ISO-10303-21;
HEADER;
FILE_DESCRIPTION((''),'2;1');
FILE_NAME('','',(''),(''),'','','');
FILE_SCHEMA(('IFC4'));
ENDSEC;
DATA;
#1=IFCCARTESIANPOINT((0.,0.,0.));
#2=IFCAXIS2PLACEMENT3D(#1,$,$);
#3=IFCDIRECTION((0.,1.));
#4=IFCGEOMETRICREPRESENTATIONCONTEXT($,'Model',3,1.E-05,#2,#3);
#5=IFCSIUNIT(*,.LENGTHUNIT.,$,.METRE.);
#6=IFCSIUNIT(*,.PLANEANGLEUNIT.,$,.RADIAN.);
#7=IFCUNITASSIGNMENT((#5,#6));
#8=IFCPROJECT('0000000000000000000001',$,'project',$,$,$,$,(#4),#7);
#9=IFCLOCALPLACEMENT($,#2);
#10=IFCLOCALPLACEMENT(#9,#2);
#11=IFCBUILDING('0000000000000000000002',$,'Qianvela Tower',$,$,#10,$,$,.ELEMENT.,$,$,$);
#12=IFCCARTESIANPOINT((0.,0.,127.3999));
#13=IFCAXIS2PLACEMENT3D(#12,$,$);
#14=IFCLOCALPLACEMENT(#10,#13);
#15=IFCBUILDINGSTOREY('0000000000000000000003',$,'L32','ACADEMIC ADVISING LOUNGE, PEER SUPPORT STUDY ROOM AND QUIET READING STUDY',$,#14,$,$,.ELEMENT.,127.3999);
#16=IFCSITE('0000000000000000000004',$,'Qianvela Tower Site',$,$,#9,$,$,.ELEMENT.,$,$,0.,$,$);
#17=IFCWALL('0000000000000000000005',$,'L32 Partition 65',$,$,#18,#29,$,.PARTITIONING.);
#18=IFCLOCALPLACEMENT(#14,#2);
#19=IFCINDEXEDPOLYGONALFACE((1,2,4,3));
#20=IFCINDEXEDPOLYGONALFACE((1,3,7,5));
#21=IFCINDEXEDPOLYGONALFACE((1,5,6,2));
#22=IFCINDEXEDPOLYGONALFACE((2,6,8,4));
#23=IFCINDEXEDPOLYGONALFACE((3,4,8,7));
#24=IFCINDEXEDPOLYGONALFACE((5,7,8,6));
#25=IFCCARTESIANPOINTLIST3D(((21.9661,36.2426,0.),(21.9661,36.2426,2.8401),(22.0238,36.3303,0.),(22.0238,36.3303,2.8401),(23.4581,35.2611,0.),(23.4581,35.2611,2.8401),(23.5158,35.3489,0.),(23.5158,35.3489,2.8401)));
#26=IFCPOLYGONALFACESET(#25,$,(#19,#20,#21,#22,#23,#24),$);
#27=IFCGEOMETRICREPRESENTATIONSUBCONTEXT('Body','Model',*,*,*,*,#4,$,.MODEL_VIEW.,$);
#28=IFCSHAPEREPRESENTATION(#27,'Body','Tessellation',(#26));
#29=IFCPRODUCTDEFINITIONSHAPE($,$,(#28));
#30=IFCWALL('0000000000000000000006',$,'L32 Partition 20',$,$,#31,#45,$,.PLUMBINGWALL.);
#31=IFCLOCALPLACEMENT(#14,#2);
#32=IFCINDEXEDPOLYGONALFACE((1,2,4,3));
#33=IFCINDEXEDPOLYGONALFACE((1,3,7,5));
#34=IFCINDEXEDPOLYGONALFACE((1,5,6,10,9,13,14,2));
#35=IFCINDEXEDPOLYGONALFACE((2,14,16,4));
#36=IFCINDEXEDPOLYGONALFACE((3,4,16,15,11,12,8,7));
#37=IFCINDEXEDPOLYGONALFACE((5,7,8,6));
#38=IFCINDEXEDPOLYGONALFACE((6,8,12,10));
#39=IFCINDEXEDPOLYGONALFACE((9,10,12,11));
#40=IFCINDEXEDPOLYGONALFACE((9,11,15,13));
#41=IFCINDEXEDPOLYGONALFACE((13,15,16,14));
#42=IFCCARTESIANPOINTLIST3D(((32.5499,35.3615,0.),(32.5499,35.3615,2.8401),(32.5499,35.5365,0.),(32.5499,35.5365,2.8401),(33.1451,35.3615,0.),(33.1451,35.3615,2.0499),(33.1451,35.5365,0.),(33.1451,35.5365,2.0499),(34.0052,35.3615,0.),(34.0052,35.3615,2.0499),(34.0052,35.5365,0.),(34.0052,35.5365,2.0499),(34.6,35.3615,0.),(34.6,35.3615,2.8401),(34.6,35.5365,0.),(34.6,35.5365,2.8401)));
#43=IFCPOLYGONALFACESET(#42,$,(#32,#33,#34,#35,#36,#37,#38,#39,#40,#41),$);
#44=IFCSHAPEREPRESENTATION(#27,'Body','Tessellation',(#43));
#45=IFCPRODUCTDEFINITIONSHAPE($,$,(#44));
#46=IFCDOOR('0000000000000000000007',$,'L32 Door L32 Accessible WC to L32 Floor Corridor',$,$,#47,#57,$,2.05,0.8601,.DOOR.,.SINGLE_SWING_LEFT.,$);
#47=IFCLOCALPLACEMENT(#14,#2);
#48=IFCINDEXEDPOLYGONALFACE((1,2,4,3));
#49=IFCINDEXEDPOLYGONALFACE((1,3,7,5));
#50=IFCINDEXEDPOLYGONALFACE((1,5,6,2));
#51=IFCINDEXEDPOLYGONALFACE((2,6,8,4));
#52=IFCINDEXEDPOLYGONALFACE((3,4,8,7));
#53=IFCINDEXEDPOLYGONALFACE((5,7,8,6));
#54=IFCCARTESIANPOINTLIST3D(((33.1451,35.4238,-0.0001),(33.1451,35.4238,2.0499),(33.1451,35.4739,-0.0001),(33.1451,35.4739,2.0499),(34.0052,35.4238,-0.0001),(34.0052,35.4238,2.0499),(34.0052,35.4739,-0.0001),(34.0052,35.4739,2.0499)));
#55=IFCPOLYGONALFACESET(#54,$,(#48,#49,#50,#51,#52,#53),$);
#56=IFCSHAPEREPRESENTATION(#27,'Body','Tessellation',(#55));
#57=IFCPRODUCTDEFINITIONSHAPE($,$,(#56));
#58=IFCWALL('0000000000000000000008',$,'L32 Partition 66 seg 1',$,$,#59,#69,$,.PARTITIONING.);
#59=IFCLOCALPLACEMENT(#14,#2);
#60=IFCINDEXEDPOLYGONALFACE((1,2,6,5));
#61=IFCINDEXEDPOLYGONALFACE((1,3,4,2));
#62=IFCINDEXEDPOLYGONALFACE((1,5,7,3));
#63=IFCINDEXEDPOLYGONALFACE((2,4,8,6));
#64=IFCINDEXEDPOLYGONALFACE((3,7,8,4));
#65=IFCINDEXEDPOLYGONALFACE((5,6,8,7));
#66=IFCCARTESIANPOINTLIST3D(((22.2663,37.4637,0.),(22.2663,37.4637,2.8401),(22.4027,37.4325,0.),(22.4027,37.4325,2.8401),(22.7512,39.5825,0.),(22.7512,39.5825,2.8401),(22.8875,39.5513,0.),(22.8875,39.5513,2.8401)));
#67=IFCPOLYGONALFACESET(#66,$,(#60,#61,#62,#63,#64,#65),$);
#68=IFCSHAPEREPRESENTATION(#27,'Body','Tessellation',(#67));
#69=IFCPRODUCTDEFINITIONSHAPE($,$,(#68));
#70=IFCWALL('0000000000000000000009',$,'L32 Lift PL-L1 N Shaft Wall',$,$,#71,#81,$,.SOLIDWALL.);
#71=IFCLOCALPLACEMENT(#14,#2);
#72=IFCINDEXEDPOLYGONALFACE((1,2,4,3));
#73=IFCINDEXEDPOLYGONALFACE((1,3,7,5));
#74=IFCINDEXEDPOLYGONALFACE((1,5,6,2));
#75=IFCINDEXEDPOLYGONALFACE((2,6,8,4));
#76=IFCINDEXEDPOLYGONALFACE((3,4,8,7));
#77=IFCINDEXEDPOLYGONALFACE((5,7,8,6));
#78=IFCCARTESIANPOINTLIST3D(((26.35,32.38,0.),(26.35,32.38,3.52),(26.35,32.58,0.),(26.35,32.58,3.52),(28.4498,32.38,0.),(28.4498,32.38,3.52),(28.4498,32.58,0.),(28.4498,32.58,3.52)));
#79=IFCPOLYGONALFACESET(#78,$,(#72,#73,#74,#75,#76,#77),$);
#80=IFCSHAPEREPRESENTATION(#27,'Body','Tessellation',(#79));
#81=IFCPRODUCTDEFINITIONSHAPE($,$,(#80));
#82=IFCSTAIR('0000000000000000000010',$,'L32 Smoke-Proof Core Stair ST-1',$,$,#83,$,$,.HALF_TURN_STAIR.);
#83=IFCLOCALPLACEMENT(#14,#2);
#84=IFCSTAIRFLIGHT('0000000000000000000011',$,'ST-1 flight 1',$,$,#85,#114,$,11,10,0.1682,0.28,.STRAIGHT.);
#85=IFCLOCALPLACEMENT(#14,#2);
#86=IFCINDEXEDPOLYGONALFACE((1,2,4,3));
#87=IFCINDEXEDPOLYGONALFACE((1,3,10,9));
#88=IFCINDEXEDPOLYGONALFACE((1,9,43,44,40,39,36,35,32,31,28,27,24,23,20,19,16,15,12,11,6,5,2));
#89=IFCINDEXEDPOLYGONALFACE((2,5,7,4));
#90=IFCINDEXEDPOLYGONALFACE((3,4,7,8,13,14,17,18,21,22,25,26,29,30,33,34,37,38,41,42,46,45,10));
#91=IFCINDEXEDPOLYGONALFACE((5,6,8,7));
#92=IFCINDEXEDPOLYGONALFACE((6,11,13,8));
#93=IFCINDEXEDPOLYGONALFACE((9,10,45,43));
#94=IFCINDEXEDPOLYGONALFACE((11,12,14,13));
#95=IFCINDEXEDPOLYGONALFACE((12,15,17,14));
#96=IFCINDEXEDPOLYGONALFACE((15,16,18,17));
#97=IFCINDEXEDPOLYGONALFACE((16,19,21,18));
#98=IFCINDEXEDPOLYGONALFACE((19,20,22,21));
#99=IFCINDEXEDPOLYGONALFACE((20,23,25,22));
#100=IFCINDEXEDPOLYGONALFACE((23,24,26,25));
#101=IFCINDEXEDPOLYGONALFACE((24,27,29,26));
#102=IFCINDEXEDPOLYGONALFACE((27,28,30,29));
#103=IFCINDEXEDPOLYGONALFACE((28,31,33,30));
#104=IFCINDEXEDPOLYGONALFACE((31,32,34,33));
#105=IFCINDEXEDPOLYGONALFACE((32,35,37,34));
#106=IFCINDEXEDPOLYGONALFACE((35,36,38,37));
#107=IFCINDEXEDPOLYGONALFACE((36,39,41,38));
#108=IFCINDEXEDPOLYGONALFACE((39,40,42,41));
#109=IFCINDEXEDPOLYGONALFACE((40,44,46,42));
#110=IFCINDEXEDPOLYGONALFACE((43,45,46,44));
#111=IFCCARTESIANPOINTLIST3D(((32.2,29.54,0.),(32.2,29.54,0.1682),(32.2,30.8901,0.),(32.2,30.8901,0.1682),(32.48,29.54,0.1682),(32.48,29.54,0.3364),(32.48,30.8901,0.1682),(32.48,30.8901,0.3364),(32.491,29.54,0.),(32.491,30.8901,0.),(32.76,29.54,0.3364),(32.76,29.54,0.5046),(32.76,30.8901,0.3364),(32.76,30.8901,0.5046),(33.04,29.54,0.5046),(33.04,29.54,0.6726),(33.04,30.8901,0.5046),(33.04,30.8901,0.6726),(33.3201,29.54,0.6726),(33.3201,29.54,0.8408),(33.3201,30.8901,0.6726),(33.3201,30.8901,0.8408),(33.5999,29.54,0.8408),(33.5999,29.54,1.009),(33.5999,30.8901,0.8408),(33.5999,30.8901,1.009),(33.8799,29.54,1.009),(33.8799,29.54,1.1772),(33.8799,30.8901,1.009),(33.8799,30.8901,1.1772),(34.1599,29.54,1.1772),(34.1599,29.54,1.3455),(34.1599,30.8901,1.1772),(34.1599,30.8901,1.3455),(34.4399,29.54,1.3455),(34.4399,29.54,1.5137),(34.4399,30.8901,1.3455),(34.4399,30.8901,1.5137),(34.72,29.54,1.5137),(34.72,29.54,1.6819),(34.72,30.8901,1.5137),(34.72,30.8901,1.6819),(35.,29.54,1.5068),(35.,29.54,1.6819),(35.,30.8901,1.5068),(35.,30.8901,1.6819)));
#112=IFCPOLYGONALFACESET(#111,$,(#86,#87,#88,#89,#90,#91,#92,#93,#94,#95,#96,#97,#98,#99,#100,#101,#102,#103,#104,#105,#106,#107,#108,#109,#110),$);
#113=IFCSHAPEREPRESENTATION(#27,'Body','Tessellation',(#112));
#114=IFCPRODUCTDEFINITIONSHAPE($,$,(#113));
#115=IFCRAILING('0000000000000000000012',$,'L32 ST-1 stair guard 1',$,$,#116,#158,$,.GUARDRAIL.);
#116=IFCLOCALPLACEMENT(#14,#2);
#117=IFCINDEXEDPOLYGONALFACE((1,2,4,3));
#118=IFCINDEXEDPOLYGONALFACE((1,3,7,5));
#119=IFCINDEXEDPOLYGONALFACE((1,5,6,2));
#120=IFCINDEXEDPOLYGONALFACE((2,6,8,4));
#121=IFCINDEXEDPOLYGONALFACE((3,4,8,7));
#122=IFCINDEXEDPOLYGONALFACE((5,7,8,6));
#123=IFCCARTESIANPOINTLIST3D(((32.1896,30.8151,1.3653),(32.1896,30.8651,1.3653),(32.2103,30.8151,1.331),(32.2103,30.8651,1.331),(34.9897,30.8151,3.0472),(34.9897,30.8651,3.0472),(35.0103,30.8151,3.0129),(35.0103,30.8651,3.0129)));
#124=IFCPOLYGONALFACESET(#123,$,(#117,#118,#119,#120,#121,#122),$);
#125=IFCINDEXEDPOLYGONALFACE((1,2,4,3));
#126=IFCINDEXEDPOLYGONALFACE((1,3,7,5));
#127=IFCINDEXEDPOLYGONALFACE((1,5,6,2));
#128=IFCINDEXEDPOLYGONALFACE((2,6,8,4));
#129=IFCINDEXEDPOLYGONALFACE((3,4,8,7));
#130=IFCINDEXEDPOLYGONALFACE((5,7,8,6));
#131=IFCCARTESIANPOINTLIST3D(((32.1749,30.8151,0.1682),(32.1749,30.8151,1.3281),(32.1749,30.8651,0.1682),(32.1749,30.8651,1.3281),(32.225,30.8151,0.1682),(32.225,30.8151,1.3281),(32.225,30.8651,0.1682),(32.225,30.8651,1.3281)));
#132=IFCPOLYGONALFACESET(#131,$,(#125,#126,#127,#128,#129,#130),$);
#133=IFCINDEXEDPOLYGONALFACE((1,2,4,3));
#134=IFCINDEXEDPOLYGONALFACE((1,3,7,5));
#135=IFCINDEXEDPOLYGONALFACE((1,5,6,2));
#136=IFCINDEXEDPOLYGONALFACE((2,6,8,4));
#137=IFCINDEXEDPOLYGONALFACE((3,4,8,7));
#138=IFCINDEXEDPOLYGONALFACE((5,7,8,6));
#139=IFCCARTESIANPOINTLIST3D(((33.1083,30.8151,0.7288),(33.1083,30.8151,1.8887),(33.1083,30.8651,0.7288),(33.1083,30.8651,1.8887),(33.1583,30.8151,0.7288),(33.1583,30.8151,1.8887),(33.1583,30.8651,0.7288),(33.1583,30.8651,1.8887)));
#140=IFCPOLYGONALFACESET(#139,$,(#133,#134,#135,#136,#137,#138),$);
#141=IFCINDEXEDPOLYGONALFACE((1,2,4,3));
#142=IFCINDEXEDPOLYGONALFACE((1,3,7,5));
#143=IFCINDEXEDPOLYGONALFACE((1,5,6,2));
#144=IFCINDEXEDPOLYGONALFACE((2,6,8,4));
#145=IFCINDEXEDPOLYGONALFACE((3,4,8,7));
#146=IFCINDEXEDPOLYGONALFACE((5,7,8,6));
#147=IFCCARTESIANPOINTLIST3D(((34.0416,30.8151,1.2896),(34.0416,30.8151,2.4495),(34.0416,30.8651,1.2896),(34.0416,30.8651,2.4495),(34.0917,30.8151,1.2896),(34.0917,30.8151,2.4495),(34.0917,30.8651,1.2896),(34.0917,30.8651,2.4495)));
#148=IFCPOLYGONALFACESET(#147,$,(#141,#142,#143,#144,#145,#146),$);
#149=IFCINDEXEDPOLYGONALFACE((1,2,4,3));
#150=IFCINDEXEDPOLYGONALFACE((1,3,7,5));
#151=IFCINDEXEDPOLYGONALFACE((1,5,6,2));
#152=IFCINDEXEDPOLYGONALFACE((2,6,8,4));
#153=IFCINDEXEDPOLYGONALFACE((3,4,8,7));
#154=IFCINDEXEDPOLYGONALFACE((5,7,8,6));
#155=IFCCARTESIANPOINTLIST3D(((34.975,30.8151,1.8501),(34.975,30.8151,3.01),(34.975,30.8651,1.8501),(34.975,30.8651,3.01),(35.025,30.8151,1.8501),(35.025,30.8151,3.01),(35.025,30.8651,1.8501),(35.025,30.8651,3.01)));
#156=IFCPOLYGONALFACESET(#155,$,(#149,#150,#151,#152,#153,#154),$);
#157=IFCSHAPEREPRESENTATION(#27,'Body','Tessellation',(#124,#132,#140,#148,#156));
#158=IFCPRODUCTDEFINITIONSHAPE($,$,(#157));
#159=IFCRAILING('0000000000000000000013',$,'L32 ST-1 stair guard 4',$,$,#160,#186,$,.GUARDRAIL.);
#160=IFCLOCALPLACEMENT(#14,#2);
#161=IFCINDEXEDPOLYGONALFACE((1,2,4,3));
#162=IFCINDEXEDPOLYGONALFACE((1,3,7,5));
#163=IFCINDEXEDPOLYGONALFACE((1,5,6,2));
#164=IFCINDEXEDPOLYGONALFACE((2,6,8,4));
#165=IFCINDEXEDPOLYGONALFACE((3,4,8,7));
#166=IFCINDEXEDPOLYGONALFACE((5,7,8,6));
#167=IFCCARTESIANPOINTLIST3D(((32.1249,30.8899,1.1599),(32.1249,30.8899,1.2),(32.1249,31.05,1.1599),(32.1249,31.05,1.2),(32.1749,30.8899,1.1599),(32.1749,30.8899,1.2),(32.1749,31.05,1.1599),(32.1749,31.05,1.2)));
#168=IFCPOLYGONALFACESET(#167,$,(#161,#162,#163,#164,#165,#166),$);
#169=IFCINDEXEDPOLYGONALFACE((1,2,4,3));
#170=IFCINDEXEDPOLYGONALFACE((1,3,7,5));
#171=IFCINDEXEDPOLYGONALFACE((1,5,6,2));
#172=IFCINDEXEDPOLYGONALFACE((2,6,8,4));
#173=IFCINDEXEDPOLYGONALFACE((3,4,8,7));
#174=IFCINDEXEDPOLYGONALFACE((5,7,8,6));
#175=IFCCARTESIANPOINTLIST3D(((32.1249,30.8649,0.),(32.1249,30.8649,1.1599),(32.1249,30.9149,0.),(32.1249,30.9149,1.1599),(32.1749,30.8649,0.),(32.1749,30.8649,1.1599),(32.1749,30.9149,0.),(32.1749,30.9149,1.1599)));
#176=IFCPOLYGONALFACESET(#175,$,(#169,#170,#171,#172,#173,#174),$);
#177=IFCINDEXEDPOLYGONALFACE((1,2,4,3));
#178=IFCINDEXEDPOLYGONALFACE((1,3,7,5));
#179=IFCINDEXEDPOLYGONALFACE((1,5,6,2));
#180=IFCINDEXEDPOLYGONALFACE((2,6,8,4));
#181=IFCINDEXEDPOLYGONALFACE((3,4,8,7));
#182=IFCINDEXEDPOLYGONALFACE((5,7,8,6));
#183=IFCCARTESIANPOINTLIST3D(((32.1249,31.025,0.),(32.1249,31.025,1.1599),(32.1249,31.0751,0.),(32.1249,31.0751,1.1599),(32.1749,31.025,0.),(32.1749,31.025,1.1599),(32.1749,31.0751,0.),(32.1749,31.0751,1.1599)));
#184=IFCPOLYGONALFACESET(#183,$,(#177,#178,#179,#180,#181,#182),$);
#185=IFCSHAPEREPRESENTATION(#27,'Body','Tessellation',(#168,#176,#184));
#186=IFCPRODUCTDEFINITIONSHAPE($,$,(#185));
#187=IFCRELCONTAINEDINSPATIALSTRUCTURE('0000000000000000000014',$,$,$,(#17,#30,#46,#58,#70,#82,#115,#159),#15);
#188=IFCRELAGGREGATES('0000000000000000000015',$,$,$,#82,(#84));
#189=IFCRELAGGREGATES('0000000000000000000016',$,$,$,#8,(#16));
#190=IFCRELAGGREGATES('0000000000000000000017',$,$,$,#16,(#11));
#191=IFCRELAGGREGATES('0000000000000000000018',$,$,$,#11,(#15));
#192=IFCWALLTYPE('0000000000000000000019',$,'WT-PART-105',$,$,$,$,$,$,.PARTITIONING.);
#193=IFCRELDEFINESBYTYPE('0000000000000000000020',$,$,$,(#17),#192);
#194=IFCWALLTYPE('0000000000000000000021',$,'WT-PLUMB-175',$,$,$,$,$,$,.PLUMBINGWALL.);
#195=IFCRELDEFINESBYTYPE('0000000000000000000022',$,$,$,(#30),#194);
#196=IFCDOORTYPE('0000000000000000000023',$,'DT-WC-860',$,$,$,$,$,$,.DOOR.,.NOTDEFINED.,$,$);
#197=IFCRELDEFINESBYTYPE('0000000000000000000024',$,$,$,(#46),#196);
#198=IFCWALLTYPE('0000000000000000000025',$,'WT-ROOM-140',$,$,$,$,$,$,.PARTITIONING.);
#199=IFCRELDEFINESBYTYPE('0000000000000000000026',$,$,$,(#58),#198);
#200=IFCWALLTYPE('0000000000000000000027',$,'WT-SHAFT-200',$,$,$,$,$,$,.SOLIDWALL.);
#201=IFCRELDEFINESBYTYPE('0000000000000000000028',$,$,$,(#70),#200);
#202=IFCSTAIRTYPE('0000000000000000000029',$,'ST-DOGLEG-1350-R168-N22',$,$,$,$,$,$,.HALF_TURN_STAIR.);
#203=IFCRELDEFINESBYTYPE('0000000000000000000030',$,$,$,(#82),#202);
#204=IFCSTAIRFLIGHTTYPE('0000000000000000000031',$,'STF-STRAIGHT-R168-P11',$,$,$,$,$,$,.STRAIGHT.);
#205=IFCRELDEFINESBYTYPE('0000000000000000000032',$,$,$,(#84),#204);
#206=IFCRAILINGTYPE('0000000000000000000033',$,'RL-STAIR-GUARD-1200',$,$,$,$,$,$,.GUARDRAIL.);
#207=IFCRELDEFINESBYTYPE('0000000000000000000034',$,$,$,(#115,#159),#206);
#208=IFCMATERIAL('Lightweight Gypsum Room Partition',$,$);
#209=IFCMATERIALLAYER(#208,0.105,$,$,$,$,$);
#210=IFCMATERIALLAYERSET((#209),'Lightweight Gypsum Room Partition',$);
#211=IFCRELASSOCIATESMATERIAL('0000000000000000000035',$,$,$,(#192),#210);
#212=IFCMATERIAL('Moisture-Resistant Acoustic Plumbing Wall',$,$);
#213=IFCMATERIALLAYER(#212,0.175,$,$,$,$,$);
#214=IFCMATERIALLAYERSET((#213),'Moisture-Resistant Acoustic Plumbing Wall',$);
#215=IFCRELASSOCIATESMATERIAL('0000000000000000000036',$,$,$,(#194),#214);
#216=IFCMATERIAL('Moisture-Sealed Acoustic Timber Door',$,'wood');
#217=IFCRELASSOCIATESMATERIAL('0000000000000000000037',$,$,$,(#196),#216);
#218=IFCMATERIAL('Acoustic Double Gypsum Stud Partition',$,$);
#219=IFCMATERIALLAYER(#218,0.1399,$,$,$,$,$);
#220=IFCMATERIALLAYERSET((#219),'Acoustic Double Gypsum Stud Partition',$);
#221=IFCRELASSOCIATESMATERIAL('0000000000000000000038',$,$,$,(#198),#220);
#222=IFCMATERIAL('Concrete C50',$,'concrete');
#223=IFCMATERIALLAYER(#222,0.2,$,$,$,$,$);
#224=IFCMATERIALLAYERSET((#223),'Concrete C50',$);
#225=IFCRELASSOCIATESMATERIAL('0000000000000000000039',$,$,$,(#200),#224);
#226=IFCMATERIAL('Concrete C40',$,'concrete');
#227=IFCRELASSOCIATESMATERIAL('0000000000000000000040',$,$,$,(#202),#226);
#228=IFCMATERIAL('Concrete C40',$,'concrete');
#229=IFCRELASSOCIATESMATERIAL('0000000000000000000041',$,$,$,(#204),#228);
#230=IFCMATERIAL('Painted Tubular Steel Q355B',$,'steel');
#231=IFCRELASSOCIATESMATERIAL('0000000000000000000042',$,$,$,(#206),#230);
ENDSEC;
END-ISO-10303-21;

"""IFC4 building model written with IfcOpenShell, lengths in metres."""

from ifc_helpers import new_model, si_unit, direction, frame, frame_2d, origin, origin_2d, place, context, subcontext, project, spatial, polyline, rectangle, outline, extrude, material, layer, layer_set, type_object, element, fill, aggregate, save


model = new_model("IFC4")

# Units and contexts
model_context = context("Model", 3, precision=1e-05, world=origin(), true_north=direction((0.0, 1.0)))
body_context = subcontext(model_context, "Body", "Model", "MODEL_VIEW")
ifc_project = project(units=[si_unit("LENGTHUNIT", "METRE"), si_unit("PLANEANGLEUNIT", "RADIAN")], contexts=[model_context])

# Site, building, storey
site_placement = place(None, origin())
site = spatial("IfcSite", under=ifc_project, at=site_placement, Name="Qianvela Tower Site", CompositionType="ELEMENT", RefElevation=0.0)
building_placement = place(site_placement, origin())
building = spatial("IfcBuilding", under=site, at=building_placement, Name="Qianvela Tower", CompositionType="ELEMENT")
storey_placement = place(building_placement, frame((0.0, 0.0, 127.3999)))
storey = spatial("IfcBuildingStorey", under=building, at=storey_placement, Name="L32", Description="ACADEMIC ADVISING LOUNGE, PEER SUPPORT STUDY ROOM AND QUIET READING STUDY", CompositionType="ELEMENT", Elevation=127.3999)

# Wall
ifc_material_1 = material(Name="Lightweight Gypsum Room Partition")
ifc_layer_1 = layer(ifc_material_1, 0.105)
ifc_layer_set_1 = layer_set([ifc_layer_1], Name="Lightweight Gypsum Room Partition")
wall_type_1 = type_object("IfcWallType", Name="WT-PART-105", PredefinedType="PARTITIONING", material=ifc_layer_set_1)
wall_1_placement = place(storey_placement, frame((23.4871, 35.3049, 0.0), z_axis=(0.0, 0.0, 1.0), x_axis=(-0.835442, 0.549579, 0.0)))
element("IfcWall", 1, at=wall_1_placement, inside=storey, type_object=wall_type_1, Name="L32 Partition 65", PredefinedType="PARTITIONING", context=body_context, shape_type="SweptSolid", body=[
    extrude(rectangle(XDim=1.7859, YDim=0.105, at=frame_2d((0.8931, 0.0))), origin(), (0.0, 0.0, 1.0), 2.8401),
])

# Wall, opening, door
ifc_material_2 = material(Name="Moisture-Resistant Acoustic Plumbing Wall")
ifc_layer_2 = layer(ifc_material_2, 0.175)
ifc_layer_set_2 = layer_set([ifc_layer_2], Name="Moisture-Resistant Acoustic Plumbing Wall")
wall_type_2 = type_object("IfcWallType", Name="WT-PLUMB-175", PredefinedType="PLUMBINGWALL", material=ifc_layer_set_2)
wall_2_placement = place(storey_placement, frame((32.55, 35.449, 0.0), z_axis=(0.0, 0.0, 1.0), x_axis=(1.0, 0.0, 0.0)))
wall_2 = element("IfcWall", 2, at=wall_2_placement, inside=storey, type_object=wall_type_2, Name="L32 Partition 20", PredefinedType="PLUMBINGWALL", context=body_context, shape_type="SweptSolid", body=[
    extrude(rectangle(XDim=2.05, YDim=0.175, at=frame_2d((1.0249, 0.0))), origin(), (0.0, 0.0, 1.0), 2.8401),
])
opening_1_placement = place(wall_2_placement, frame((0.595, 0.0, 0.0)))
opening_1 = element("IfcOpeningElement", 3, at=opening_1_placement, cuts=wall_2, PredefinedType="OPENING", context=body_context, shape_type="SweptSolid", body=[
    extrude(rectangle(XDim=0.8601, YDim=2.05, at=frame_2d((0.4302, 1.0249))), frame((0.0, 0.0974, 0.0), z_axis=(0.0, -1.0, 0.0), x_axis=(1.0, 0.0, 0.0)), (0.0, 0.0, 1.0), 0.1951),
])
ifc_material_3 = material(Name="Moisture-Sealed Acoustic Timber Door", Category="wood")
door_type_1 = type_object("IfcDoorType", Name="DT-WC-860", OperationType="NOTDEFINED", PredefinedType="DOOR", material=ifc_material_3)
door_1_placement = place(opening_1_placement, origin())
door_1 = element("IfcDoor", 4, at=door_1_placement, inside=storey, type_object=door_type_1, Name="L32 Door L32 Accessible WC to L32 Floor Corridor", OperationType="SINGLE_SWING_LEFT", OverallHeight=2.05, OverallWidth=0.8601, PredefinedType="DOOR", context=body_context, shape_type="SweptSolid", body=[
    extrude(rectangle(XDim=0.8601, YDim=2.05, at=frame_2d((0.4302, 1.0249))), frame((0.0, 0.0249, 0.0), z_axis=(0.0, -1.0, 0.0), x_axis=(1.0, 0.0, 0.0)), (0.0, 0.0, 1.0), 0.05),
])
fill(opening_1, door_1)

# Walls
ifc_material_4 = material(Name="Acoustic Double Gypsum Stud Partition")
ifc_layer_3 = layer(ifc_material_4, 0.1399)
ifc_layer_set_3 = layer_set([ifc_layer_3], Name="Acoustic Double Gypsum Stud Partition")
wall_type_3 = type_object("IfcWallType", Name="WT-ROOM-140", PredefinedType="PARTITIONING", material=ifc_layer_set_3)
wall_3_placement = place(storey_placement, frame((22.3345, 37.448, 0.0), z_axis=(0.0, 0.0, 1.0), x_axis=(0.223063, 0.974804, 0.0)))
element("IfcWall", 5, at=wall_3_placement, inside=storey, type_object=wall_type_3, Name="L32 Partition 66 seg 1", PredefinedType="PARTITIONING", context=body_context, shape_type="SweptSolid", body=[
    extrude(rectangle(XDim=2.1736, YDim=0.1399, at=frame_2d((1.0869, 0.0))), origin(), (0.0, 0.0, 1.0), 2.8401),
])
ifc_material_5 = material(Name="Concrete C50", Category="concrete")
ifc_layer_4 = layer(ifc_material_5, 0.2)
ifc_layer_set_4 = layer_set([ifc_layer_4], Name="Concrete C50")
wall_type_4 = type_object("IfcWallType", Name="WT-SHAFT-200", PredefinedType="SOLIDWALL", material=ifc_layer_set_4)
wall_4_placement = place(storey_placement, frame((26.3501, 32.48, 0.0), z_axis=(0.0, 0.0, 1.0), x_axis=(1.0, 0.0, 0.0)))
element("IfcWall", 6, at=wall_4_placement, inside=storey, type_object=wall_type_4, Name="L32 Lift PL-L1 N Shaft Wall", PredefinedType="SOLIDWALL", context=body_context, shape_type="SweptSolid", body=[
    extrude(rectangle(XDim=2.0999, YDim=0.2, at=frame_2d((1.0498, 0.0))), origin(), (0.0, 0.0, 1.0), 3.52),
])

# Stair, stair flight
ifc_material_6 = material(Name="Concrete C40", Category="concrete")
stair_type = type_object("IfcStairType", Name="ST-DOGLEG-1350-R168-N22", PredefinedType="HALF_TURN_STAIR", material=ifc_material_6)
stair_placement = place(storey_placement, origin())
stair = element("IfcStair", 7, at=stair_placement, inside=storey, type_object=stair_type, Name="L32 Smoke-Proof Core Stair ST-1", PredefinedType="HALF_TURN_STAIR")
ifc_material_7 = material(Name="Concrete C40", Category="concrete")
stair_flight_type = type_object("IfcStairFlightType", Name="STF-STRAIGHT-R168-P11", PredefinedType="STRAIGHT", material=ifc_material_7)
stair_flight_placement = place(storey_placement, frame((32.2, 30.2151, 0.0), z_axis=(0.0, 0.0, 1.0), x_axis=(1.0, 0.0, 0.0)))
stair_flight = element("IfcStairFlight", 8, at=stair_flight_placement, type_object=stair_flight_type, Name="ST-1 flight 1", NumberOfRisers=11, NumberOfTreads=10, PredefinedType="STRAIGHT", RiserHeight=0.1682, TreadLength=0.28, context=body_context, shape_type="SweptSolid", body=[
    extrude(outline(polyline([(0.0, 0.0), (0.0, 0.1682), (0.28, 0.1682), (0.28, 0.3364), (0.5601, 0.3364), (0.5601, 0.5046), (0.8401, 0.5046), (0.8401, 0.6726), (1.1201, 0.6726), (1.1201, 0.8408), (1.3999, 0.8408), (1.3999, 1.009), (1.6799, 1.009), (1.6799, 1.1772), (1.96, 1.1772), (1.96, 1.3455), (2.24, 1.3455), (2.24, 1.5137), (2.52, 1.5137), (2.52, 1.6819), (2.8, 1.6819), (2.8, 1.8501), (2.8, 1.5068), (0.291, 0.0), (0.0, 0.0)])), frame((0.0, 0.675, 0.0), z_axis=(0.0, -1.0, 0.0), x_axis=(1.0, 0.0, 0.0)), (0.0, 0.0, 1.0), 1.3501),
])
aggregate(stair, [stair_flight])

# Railings
ifc_material_8 = material(Name="Painted Tubular Steel Q355B", Category="steel")
railing_type = type_object("IfcRailingType", Name="RL-STAIR-GUARD-1200", PredefinedType="GUARDRAIL", material=ifc_material_8)
railing_1_placement = place(storey_placement, frame((32.2, 30.8401, 0.1682)))
element("IfcRailing", 9, at=railing_1_placement, inside=storey, type_object=railing_type, Name="L32 ST-1 stair guard 1", PredefinedType="GUARDRAIL", context=body_context, shape_type="SweptSolid", body=[
    extrude(rectangle(XDim=0.05, YDim=0.04, at=origin_2d()), frame((0.0, 0.0, 1.1799), z_axis=(0.857242, 0.0, 0.514913), x_axis=(0.0, 1.0, 0.0)), (0.0, 0.0, 1.0), 3.2664),
    extrude(rectangle(XDim=0.05, YDim=0.05, at=origin_2d()), origin(), (0.0, 0.0, 1.0), 1.1599),
    extrude(rectangle(XDim=0.05, YDim=0.05, at=origin_2d()), frame((0.9333, 0.0, 0.5605)), (0.0, 0.0, 1.0), 1.1599),
    extrude(rectangle(XDim=0.05, YDim=0.05, at=origin_2d()), frame((1.8667, 0.0, 1.1213)), (0.0, 0.0, 1.0), 1.1599),
    extrude(rectangle(XDim=0.05, YDim=0.05, at=origin_2d()), frame((2.8, 0.0, 1.6819)), (0.0, 0.0, 1.0), 1.1599),
])
railing_2_placement = place(storey_placement, frame((32.1499, 30.8899, 0.0)))
element("IfcRailing", 10, at=railing_2_placement, inside=storey, type_object=railing_type, Name="L32 ST-1 stair guard 4", PredefinedType="GUARDRAIL", context=body_context, shape_type="SweptSolid", body=[
    extrude(rectangle(XDim=0.05, YDim=0.04, at=origin_2d()), frame((0.0, 0.0, 1.1799), z_axis=(0.0, 1.0, 0.0), x_axis=(-1.0, 0.0, 0.0)), (0.0, 0.0, 1.0), 0.1602),
    extrude(rectangle(XDim=0.05, YDim=0.05, at=origin_2d()), origin(), (0.0, 0.0, 1.0), 1.1599),
    extrude(rectangle(XDim=0.05, YDim=0.05, at=origin_2d()), frame((0.0, 0.1602, 0.0)), (0.0, 0.0, 1.0), 1.1599),
])

save(model, "model.ifc")
